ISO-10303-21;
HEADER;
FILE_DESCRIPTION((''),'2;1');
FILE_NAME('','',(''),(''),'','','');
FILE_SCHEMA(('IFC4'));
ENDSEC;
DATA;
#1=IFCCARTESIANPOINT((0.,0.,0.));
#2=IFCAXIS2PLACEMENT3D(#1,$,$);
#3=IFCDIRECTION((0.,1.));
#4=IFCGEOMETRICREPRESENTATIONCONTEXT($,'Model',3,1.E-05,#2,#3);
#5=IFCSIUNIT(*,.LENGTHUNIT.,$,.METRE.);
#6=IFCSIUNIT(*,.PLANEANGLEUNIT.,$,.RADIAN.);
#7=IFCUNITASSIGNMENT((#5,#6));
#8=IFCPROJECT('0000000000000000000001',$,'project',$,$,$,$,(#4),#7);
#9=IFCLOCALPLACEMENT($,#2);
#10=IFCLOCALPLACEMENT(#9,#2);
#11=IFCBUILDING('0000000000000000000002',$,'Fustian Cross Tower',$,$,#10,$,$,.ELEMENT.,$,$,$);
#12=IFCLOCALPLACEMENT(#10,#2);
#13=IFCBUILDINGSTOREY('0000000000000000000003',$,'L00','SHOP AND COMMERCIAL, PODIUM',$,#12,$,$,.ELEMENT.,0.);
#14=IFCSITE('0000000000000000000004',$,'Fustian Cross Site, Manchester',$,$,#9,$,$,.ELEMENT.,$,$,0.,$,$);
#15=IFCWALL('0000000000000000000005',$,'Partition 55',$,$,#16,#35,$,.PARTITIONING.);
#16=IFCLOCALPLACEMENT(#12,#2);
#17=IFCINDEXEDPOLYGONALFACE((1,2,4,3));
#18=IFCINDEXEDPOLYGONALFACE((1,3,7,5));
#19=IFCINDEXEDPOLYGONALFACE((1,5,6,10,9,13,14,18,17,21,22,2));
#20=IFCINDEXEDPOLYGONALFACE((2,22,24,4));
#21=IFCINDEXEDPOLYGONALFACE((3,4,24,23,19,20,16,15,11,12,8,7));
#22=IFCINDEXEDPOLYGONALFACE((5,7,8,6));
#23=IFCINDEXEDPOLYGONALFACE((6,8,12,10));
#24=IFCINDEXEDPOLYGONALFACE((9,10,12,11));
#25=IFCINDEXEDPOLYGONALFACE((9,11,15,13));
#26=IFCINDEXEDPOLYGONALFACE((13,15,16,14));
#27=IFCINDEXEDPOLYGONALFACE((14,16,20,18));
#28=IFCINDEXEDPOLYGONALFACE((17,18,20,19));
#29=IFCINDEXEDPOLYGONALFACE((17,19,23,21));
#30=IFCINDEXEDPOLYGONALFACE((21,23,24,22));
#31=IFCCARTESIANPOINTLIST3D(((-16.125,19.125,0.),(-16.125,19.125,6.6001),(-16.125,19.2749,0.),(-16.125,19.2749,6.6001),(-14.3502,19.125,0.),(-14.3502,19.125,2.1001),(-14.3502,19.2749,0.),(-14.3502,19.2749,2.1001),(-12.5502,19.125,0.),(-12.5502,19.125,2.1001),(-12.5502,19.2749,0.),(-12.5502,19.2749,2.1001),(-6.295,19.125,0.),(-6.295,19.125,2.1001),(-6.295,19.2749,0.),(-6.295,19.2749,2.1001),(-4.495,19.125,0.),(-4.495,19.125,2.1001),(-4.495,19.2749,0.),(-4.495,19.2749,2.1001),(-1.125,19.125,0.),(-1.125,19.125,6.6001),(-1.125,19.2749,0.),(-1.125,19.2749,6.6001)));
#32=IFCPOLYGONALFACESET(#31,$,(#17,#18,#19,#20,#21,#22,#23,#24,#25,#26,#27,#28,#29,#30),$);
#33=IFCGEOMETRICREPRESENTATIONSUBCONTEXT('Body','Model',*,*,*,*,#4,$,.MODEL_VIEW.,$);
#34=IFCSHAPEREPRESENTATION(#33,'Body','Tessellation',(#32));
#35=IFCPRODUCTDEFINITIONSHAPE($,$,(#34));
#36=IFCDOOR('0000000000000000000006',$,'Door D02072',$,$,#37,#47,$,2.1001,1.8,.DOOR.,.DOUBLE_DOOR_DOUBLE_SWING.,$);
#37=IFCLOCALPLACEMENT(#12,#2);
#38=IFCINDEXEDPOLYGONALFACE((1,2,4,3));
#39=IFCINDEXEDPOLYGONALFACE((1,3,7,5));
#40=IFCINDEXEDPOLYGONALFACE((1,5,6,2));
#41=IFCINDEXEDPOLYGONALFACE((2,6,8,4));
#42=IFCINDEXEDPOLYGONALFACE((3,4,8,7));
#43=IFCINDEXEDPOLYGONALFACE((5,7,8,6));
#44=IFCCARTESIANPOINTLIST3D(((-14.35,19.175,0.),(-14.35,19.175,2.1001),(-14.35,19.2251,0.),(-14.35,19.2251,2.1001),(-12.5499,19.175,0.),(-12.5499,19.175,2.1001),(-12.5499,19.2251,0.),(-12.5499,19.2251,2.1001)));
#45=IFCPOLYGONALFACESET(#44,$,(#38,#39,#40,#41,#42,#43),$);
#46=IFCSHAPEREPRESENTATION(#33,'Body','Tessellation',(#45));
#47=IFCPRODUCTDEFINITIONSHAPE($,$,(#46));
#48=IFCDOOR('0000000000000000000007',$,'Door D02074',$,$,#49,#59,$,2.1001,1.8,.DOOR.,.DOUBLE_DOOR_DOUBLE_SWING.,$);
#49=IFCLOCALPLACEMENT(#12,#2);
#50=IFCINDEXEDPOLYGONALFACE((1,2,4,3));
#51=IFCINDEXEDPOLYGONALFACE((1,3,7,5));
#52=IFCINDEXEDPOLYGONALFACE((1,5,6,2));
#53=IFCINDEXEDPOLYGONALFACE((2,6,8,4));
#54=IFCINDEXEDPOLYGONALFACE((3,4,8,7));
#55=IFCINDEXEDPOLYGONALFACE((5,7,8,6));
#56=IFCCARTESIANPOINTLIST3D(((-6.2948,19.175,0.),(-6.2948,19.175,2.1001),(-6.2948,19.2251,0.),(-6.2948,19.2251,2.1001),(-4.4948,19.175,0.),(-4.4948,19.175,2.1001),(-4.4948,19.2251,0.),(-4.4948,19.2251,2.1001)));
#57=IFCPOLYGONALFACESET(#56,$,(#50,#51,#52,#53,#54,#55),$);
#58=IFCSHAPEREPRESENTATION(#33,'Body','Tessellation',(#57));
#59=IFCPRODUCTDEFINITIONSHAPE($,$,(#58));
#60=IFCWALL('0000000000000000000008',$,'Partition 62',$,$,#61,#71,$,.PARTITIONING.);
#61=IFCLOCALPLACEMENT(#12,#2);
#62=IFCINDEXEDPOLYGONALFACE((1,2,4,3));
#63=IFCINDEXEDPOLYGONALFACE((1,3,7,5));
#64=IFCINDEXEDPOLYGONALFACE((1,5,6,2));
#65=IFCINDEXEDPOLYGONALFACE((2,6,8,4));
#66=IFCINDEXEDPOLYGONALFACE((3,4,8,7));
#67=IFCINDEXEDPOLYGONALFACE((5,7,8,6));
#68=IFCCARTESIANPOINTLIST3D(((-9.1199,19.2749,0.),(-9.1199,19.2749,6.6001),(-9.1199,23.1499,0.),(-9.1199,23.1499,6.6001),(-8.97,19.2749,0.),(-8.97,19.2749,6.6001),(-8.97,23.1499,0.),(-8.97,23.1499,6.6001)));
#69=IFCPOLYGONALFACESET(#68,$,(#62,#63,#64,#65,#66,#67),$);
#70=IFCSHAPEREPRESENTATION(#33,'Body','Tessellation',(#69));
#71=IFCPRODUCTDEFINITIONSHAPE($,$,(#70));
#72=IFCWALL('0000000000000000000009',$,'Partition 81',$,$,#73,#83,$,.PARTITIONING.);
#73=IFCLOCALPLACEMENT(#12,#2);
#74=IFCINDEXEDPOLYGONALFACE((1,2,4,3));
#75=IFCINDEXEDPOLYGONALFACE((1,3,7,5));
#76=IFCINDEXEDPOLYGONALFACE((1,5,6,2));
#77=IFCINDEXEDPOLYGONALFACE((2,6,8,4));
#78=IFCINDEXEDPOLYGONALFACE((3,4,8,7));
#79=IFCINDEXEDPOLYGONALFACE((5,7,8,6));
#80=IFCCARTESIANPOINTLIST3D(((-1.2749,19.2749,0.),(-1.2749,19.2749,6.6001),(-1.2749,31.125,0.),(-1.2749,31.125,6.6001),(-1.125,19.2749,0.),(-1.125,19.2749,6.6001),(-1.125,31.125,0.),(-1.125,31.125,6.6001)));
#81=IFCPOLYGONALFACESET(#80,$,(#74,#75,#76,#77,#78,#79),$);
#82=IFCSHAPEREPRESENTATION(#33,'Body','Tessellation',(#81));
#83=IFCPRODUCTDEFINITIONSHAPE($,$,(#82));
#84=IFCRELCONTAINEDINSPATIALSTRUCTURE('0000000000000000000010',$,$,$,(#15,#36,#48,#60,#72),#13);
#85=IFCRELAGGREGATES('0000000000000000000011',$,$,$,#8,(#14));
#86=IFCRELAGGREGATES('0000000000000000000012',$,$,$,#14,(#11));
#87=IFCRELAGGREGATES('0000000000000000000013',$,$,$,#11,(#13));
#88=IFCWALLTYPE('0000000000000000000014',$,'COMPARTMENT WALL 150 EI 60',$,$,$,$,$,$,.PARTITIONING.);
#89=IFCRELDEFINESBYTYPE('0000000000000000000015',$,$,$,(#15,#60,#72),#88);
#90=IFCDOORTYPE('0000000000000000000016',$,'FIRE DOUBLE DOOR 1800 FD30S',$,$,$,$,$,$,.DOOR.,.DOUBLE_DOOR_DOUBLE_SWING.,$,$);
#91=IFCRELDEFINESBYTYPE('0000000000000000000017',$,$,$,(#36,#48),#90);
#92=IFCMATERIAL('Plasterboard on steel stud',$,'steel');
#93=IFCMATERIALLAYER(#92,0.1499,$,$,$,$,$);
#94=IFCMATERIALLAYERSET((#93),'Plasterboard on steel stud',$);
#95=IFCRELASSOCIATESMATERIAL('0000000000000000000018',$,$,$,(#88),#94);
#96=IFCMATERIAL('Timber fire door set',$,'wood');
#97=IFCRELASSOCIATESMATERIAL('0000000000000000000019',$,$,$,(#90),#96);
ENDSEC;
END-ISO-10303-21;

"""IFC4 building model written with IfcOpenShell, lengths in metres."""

from ifc_helpers import new_model, si_unit, direction, frame, frame_2d, origin, place, context, subcontext, project, spatial, rectangle, extrude, material, layer, layer_set, type_object, element, fill, save


model = new_model("IFC4")

# Units and contexts
model_context = context("Model", 3, precision=1e-05, world=origin(), true_north=direction((0.0, 1.0)))
body_context = subcontext(model_context, "Body", "Model", "MODEL_VIEW")
ifc_project = project(units=[si_unit("LENGTHUNIT", "METRE"), si_unit("PLANEANGLEUNIT", "RADIAN")], contexts=[model_context])

# Site, building, storey
site_placement = place(None, origin())
site = spatial("IfcSite", under=ifc_project, at=site_placement, Name="Fustian Cross Site, Manchester", CompositionType="ELEMENT", RefElevation=0.0)
building_placement = place(site_placement, origin())
building = spatial("IfcBuilding", under=site, at=building_placement, Name="Fustian Cross Tower", CompositionType="ELEMENT")
storey_placement = place(building_placement, origin())
storey = spatial("IfcBuildingStorey", under=building, at=storey_placement, Name="L00", Description="SHOP AND COMMERCIAL, PODIUM", CompositionType="ELEMENT", Elevation=0.0)

# Shared definitions
ifc_material_1 = material(Name="Plasterboard on steel stud", Category="steel")
ifc_layer = layer(ifc_material_1, 0.1499)
ifc_layer_set = layer_set([ifc_layer], Name="Plasterboard on steel stud")
wall_type = type_object("IfcWallType", Name="COMPARTMENT WALL 150 EI 60", PredefinedType="PARTITIONING", material=ifc_layer_set)
ifc_material_2 = material(Name="Timber fire door set", Category="wood")
door_type = type_object("IfcDoorType", Name="FIRE DOUBLE DOOR 1800 FD30S", OperationType="DOUBLE_DOOR_DOUBLE_SWING", PredefinedType="DOOR", material=ifc_material_2)

# Wall, openings, doors
wall_1_placement = place(storey_placement, frame((-16.125, 19.2, 0.0), z_axis=(0.0, 0.0, 1.0), x_axis=(1.0, 0.0, 0.0)))
wall_1 = element("IfcWall", 1, at=wall_1_placement, inside=storey, type_object=wall_type, Name="Partition 55", PredefinedType="PARTITIONING", context=body_context, shape_type="SweptSolid", body=[
    extrude(rectangle(XDim=15.0, YDim=0.1499, at=frame_2d((7.5, 0.0))), origin(), (0.0, 0.0, 1.0), 6.6001),
])
opening_1_placement = place(wall_1_placement, frame((1.7749, 0.0, 0.0)))
opening_1 = element("IfcOpeningElement", 2, at=opening_1_placement, cuts=wall_1, PredefinedType="OPENING", context=body_context, shape_type="SweptSolid", body=[
    extrude(rectangle(XDim=1.8, YDim=2.1001, at=frame_2d((0.8999, 1.05))), frame((0.0, 0.085, 0.0), z_axis=(0.0, -1.0, 0.0), x_axis=(1.0, 0.0, 0.0)), (0.0, 0.0, 1.0), 0.1699),
])
opening_2_placement = place(wall_1_placement, frame((9.8301, 0.0, 0.0)))
opening_2 = element("IfcOpeningElement", 3, at=opening_2_placement, cuts=wall_1, PredefinedType="OPENING", context=body_context, shape_type="SweptSolid", body=[
    extrude(rectangle(XDim=1.8, YDim=2.1001, at=frame_2d((0.8999, 1.05))), frame((0.0, 0.085, 0.0), z_axis=(0.0, -1.0, 0.0), x_axis=(1.0, 0.0, 0.0)), (0.0, 0.0, 1.0), 0.1699),
])
door_1_placement = place(opening_1_placement, frame((1.8, 0.0, 0.0), z_axis=(0.0, 0.0, 1.0), x_axis=(-1.0, 0.0, 0.0)))
door_1 = element("IfcDoor", 4, at=door_1_placement, inside=storey, type_object=door_type, Name="Door D02072", OperationType="DOUBLE_DOOR_DOUBLE_SWING", OverallHeight=2.1001, OverallWidth=1.8, PredefinedType="DOOR", context=body_context, shape_type="SweptSolid", body=[
    extrude(rectangle(XDim=1.8, YDim=2.1001, at=frame_2d((0.8999, 1.05))), frame((0.0, 0.0249, 0.0), z_axis=(0.0, -1.0, 0.0), x_axis=(1.0, 0.0, 0.0)), (0.0, 0.0, 1.0), 0.05),
])
fill(opening_1, door_1)
door_2_placement = place(opening_2_placement, frame((1.8, 0.0, 0.0), z_axis=(0.0, 0.0, 1.0), x_axis=(-1.0, 0.0, 0.0)))
door_2 = element("IfcDoor", 5, at=door_2_placement, inside=storey, type_object=door_type, Name="Door D02074", OperationType="DOUBLE_DOOR_DOUBLE_SWING", OverallHeight=2.1001, OverallWidth=1.8, PredefinedType="DOOR", context=body_context, shape_type="SweptSolid", body=[
    extrude(rectangle(XDim=1.8, YDim=2.1001, at=frame_2d((0.8999, 1.05))), frame((0.0, 0.0249, 0.0), z_axis=(0.0, -1.0, 0.0), x_axis=(1.0, 0.0, 0.0)), (0.0, 0.0, 1.0), 0.05),
])
fill(opening_2, door_2)

# Walls
wall_2_placement = place(storey_placement, frame((-9.0449, 19.2749, 0.0), z_axis=(0.0, 0.0, 1.0), x_axis=(0.0, 1.0, 0.0)))
element("IfcWall", 6, at=wall_2_placement, inside=storey, type_object=wall_type, Name="Partition 62", PredefinedType="PARTITIONING", context=body_context, shape_type="SweptSolid", body=[
    extrude(rectangle(XDim=3.875, YDim=0.1499, at=frame_2d((1.9375, 0.0))), origin(), (0.0, 0.0, 1.0), 6.6001),
])
wall_3_placement = place(storey_placement, frame((-1.2, 19.2749, 0.0), z_axis=(0.0, 0.0, 1.0), x_axis=(0.0, 1.0, 0.0)))
element("IfcWall", 7, at=wall_3_placement, inside=storey, type_object=wall_type, Name="Partition 81", PredefinedType="PARTITIONING", context=body_context, shape_type="SweptSolid", body=[
    extrude(rectangle(XDim=11.8501, YDim=0.1499, at=frame_2d((5.925, 0.0))), origin(), (0.0, 0.0, 1.0), 6.6001),
])

save(model, "model.ifc")
